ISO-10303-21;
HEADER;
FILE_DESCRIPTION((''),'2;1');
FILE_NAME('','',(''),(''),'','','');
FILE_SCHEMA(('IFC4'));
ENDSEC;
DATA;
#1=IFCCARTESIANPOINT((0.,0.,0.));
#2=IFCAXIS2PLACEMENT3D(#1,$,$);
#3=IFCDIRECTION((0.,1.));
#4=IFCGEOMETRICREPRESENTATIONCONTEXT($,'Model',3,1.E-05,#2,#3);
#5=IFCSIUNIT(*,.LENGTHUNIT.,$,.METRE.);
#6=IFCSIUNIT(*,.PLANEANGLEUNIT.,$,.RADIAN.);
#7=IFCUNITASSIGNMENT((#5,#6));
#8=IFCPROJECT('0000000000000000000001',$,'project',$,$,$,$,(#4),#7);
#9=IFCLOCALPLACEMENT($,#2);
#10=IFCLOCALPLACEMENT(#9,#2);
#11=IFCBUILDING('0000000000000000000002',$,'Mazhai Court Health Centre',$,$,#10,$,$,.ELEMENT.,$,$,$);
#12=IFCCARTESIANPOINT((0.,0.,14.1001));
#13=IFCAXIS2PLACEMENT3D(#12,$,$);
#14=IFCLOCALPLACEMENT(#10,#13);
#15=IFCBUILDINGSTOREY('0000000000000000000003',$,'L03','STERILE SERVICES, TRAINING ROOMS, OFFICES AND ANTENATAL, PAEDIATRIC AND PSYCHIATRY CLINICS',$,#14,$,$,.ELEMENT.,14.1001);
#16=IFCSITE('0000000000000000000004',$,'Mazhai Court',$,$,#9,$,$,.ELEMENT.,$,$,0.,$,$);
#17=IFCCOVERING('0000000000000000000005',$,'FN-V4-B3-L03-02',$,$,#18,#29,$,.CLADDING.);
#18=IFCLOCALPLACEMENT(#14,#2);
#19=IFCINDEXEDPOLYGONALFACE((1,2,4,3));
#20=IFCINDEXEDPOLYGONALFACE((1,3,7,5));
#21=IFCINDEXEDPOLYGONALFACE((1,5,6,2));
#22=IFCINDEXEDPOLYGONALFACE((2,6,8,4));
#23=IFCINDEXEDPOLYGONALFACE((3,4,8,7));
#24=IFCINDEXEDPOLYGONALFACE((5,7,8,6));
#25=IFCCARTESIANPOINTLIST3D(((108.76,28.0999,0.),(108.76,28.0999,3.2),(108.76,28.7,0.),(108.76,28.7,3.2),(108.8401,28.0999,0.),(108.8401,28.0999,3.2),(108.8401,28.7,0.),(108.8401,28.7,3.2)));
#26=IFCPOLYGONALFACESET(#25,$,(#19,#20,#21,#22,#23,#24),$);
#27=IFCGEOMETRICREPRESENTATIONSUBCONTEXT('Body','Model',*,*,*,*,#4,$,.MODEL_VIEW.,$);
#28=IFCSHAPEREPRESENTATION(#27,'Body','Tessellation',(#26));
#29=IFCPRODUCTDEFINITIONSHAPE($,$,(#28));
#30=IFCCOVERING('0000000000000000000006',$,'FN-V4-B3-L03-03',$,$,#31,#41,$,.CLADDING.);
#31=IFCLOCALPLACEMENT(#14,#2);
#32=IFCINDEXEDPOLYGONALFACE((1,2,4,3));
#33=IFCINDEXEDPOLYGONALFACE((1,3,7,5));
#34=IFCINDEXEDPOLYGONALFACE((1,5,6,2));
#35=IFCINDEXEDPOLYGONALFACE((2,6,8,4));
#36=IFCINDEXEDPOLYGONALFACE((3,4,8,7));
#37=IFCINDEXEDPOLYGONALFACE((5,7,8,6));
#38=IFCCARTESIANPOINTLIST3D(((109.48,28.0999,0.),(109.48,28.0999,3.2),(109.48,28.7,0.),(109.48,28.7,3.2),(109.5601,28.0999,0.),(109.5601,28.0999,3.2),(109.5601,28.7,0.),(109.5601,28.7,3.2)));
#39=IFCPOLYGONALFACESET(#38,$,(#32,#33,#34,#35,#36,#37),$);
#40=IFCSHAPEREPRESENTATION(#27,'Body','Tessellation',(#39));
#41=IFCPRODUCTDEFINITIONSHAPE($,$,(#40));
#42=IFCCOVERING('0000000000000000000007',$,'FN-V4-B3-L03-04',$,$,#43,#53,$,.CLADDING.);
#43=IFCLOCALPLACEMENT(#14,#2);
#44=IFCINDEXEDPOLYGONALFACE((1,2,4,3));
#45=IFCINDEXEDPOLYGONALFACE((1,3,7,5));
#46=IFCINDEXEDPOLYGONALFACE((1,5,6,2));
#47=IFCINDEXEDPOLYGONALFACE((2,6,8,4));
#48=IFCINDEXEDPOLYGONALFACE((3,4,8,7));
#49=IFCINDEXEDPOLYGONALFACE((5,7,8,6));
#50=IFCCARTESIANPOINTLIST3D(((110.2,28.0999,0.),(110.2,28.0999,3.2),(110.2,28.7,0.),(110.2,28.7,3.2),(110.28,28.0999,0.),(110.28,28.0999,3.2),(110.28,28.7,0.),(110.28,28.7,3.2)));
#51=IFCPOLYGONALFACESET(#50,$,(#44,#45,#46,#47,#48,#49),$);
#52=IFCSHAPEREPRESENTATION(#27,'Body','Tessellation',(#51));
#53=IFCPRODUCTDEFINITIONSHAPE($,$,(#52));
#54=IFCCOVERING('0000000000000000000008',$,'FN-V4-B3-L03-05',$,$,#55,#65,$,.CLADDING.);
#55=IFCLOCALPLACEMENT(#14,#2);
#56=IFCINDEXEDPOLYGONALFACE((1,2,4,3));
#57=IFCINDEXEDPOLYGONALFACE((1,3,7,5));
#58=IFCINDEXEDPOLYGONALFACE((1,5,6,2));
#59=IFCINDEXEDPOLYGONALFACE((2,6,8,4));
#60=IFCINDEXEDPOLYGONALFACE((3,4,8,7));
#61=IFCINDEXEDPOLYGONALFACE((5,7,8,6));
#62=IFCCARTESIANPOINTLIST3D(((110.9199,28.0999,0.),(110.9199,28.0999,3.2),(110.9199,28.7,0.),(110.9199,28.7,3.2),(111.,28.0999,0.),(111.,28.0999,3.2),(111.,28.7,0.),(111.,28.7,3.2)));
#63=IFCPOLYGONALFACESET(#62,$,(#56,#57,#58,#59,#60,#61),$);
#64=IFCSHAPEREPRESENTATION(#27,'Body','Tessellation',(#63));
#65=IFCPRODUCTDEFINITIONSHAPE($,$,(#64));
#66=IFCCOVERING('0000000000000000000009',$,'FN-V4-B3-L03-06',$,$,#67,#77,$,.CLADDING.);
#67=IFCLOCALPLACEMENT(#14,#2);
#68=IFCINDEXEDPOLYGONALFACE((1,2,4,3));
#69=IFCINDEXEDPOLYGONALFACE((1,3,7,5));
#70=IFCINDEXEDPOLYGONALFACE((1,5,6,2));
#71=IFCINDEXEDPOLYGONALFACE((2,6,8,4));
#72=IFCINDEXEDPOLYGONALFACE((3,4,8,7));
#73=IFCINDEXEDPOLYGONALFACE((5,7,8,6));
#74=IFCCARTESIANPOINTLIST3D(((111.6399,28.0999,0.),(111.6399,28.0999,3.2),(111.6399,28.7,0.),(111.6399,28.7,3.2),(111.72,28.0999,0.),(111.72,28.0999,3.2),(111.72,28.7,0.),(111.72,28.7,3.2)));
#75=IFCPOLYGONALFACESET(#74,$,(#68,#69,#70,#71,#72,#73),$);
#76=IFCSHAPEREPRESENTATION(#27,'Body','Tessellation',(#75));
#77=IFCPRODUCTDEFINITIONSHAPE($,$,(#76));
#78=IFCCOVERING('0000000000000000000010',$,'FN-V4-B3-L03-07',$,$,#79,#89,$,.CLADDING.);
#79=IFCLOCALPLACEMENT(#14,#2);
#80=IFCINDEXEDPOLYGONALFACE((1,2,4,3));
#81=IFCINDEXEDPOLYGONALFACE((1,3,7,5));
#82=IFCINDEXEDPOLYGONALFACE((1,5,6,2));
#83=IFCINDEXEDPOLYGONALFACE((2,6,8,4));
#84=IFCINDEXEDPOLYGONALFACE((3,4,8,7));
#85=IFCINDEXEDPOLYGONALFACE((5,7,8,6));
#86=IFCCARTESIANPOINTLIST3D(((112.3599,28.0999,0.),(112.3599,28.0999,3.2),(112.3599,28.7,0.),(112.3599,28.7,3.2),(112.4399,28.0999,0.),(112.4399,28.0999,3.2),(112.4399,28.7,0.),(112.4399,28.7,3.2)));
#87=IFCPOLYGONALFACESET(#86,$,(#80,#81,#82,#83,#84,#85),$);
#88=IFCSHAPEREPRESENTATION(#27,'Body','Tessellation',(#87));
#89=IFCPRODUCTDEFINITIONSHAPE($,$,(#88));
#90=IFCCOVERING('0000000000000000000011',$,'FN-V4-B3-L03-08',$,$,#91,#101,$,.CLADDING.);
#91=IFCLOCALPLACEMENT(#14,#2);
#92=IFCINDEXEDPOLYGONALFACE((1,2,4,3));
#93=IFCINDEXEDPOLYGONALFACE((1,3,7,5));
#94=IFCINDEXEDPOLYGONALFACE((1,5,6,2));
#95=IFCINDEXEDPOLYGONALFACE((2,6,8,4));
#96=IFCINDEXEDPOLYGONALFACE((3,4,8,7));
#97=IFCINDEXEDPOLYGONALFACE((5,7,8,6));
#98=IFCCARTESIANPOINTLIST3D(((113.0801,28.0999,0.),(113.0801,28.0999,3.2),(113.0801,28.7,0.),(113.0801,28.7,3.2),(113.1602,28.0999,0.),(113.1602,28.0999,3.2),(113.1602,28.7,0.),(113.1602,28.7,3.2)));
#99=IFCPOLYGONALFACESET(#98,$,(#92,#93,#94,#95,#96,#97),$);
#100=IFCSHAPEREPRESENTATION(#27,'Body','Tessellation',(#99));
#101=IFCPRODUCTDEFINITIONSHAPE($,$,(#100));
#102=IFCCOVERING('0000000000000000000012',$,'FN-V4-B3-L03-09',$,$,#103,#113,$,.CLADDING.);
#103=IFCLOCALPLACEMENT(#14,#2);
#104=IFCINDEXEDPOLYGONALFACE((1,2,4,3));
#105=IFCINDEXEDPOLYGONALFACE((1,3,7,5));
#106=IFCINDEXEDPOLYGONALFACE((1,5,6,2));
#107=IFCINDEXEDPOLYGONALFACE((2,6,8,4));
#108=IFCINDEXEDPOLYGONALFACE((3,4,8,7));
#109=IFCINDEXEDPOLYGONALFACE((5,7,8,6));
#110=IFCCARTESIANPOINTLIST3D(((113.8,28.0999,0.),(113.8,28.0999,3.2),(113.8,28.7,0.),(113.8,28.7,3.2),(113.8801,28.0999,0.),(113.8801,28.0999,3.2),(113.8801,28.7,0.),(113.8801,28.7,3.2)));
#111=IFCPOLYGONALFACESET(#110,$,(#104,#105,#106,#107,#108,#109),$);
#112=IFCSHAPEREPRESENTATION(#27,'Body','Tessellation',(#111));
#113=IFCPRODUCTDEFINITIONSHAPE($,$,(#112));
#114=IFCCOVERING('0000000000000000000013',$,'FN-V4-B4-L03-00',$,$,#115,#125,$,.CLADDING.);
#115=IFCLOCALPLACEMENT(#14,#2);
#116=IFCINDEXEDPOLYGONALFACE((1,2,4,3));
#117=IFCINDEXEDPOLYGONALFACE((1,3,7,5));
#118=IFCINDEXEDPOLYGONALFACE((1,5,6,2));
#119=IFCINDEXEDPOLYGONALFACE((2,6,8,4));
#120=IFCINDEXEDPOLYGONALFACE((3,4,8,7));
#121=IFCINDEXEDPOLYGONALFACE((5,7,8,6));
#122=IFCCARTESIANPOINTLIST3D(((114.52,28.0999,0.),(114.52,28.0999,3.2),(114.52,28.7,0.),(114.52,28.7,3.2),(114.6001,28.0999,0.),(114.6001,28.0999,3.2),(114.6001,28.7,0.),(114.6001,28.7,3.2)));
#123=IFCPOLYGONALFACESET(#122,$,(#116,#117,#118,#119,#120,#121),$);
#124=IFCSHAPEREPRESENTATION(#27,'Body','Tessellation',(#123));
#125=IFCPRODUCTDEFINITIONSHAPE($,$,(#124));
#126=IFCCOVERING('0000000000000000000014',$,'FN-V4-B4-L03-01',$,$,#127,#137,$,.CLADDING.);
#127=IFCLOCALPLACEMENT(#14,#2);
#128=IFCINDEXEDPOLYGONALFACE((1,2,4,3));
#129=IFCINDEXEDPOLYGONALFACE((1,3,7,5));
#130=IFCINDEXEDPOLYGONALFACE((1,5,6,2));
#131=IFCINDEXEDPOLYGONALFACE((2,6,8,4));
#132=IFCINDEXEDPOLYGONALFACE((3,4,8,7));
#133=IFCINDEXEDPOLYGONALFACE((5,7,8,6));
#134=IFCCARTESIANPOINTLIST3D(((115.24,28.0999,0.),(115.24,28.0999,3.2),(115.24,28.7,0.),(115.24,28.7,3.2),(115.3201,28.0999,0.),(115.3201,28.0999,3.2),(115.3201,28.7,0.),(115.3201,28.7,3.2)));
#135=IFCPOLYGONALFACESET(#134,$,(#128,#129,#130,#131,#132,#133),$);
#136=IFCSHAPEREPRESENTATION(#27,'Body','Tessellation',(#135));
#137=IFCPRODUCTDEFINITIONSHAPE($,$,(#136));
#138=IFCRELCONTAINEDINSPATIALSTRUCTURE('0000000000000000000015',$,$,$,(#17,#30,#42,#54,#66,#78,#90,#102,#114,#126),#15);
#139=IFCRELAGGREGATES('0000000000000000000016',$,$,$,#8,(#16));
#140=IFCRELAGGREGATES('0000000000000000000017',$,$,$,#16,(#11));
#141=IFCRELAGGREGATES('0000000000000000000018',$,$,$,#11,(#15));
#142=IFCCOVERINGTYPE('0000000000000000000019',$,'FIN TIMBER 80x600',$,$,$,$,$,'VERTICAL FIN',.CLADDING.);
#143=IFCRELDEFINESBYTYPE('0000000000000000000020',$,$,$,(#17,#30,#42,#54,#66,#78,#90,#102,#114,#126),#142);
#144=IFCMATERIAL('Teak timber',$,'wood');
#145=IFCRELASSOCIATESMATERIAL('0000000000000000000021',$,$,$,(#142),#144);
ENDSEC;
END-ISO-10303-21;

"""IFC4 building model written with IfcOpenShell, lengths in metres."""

from ifc_helpers import new_model, si_unit, direction, frame, origin, origin_2d, place, context, subcontext, project, spatial, rectangle, extrude, material, type_object, element, save


model = new_model("IFC4")

# Units and contexts
model_context = context("Model", 3, precision=1e-05, world=origin(), true_north=direction((0.0, 1.0)))
body_context = subcontext(model_context, "Body", "Model", "MODEL_VIEW")
ifc_project = project(units=[si_unit("LENGTHUNIT", "METRE"), si_unit("PLANEANGLEUNIT", "RADIAN")], contexts=[model_context])

# Site, building, storey
site_placement = place(None, origin())
site = spatial("IfcSite", under=ifc_project, at=site_placement, Name="Mazhai Court", CompositionType="ELEMENT", RefElevation=0.0)
building_placement = place(site_placement, origin())
building = spatial("IfcBuilding", under=site, at=building_placement, Name="Mazhai Court Health Centre", CompositionType="ELEMENT")
storey_placement = place(building_placement, frame((0.0, 0.0, 14.1001)))
storey = spatial("IfcBuildingStorey", under=building, at=storey_placement, Name="L03", Description="STERILE SERVICES, TRAINING ROOMS, OFFICES AND ANTENATAL, PAEDIATRIC AND PSYCHIATRY CLINICS", CompositionType="ELEMENT", Elevation=14.1001)

# Coverings
ifc_material_1 = material(Name="Teak timber", Category="wood")
covering_type = type_object("IfcCoveringType", Name="FIN TIMBER 80x600", ElementType="VERTICAL FIN", PredefinedType="CLADDING", material=ifc_material_1)
for number, where, z_axis, x_axis, name in (
    (1, (108.8, 28.3999, 0.0), (0.0, 0.0, 1.0), (1.0, 0.0, 0.0), "FN-V4-B3-L03-02"),
    (2, (109.52, 28.3999, 0.0), (0.0, 0.0, 1.0), (1.0, 0.0, 0.0), "FN-V4-B3-L03-03"),
    (3, (110.24, 28.3999, 0.0), (0.0, 0.0, 1.0), (1.0, 0.0, 0.0), "FN-V4-B3-L03-04"),
    (4, (110.96, 28.3999, 0.0), (0.0, 0.0, 1.0), (1.0, 0.0, 0.0), "FN-V4-B3-L03-05"),
    (5, (111.6799, 28.3999, 0.0), (0.0, 0.0, 1.0), (1.0, 0.0, 0.0), "FN-V4-B3-L03-06"),
    (6, (112.3999, 28.3999, 0.0), (0.0, 0.0, 1.0), (1.0, 0.0, 0.0), "FN-V4-B3-L03-07"),
    (7, (113.1201, 28.3999, 0.0), (0.0, 0.0, 1.0), (1.0, 0.0, 0.0), "FN-V4-B3-L03-08"),
    (8, (113.8401, 28.3999, 0.0), (0.0, 0.0, 1.0), (1.0, 0.0, 0.0), "FN-V4-B3-L03-09"),
    (9, (114.5601, 28.3999, 0.0), (0.0, 0.0, 1.0), (1.0, 0.0, 0.0), "FN-V4-B4-L03-00"),
    (10, (115.28, 28.3999, 0.0), (0.0, 0.0, 1.0), (1.0, 0.0, 0.0), "FN-V4-B4-L03-01"),
):
    element("IfcCovering", number, at=place(storey_placement, frame(where, z_axis=z_axis, x_axis=x_axis)), inside=storey, type_object=covering_type, Name=name, PredefinedType="CLADDING", context=body_context, shape_type="SweptSolid", body=[
        extrude(rectangle(XDim=0.0801, YDim=0.6001, at=origin_2d()), origin(), (0.0, 0.0, 1.0), 3.2),
    ])

save(model, "model.ifc")
